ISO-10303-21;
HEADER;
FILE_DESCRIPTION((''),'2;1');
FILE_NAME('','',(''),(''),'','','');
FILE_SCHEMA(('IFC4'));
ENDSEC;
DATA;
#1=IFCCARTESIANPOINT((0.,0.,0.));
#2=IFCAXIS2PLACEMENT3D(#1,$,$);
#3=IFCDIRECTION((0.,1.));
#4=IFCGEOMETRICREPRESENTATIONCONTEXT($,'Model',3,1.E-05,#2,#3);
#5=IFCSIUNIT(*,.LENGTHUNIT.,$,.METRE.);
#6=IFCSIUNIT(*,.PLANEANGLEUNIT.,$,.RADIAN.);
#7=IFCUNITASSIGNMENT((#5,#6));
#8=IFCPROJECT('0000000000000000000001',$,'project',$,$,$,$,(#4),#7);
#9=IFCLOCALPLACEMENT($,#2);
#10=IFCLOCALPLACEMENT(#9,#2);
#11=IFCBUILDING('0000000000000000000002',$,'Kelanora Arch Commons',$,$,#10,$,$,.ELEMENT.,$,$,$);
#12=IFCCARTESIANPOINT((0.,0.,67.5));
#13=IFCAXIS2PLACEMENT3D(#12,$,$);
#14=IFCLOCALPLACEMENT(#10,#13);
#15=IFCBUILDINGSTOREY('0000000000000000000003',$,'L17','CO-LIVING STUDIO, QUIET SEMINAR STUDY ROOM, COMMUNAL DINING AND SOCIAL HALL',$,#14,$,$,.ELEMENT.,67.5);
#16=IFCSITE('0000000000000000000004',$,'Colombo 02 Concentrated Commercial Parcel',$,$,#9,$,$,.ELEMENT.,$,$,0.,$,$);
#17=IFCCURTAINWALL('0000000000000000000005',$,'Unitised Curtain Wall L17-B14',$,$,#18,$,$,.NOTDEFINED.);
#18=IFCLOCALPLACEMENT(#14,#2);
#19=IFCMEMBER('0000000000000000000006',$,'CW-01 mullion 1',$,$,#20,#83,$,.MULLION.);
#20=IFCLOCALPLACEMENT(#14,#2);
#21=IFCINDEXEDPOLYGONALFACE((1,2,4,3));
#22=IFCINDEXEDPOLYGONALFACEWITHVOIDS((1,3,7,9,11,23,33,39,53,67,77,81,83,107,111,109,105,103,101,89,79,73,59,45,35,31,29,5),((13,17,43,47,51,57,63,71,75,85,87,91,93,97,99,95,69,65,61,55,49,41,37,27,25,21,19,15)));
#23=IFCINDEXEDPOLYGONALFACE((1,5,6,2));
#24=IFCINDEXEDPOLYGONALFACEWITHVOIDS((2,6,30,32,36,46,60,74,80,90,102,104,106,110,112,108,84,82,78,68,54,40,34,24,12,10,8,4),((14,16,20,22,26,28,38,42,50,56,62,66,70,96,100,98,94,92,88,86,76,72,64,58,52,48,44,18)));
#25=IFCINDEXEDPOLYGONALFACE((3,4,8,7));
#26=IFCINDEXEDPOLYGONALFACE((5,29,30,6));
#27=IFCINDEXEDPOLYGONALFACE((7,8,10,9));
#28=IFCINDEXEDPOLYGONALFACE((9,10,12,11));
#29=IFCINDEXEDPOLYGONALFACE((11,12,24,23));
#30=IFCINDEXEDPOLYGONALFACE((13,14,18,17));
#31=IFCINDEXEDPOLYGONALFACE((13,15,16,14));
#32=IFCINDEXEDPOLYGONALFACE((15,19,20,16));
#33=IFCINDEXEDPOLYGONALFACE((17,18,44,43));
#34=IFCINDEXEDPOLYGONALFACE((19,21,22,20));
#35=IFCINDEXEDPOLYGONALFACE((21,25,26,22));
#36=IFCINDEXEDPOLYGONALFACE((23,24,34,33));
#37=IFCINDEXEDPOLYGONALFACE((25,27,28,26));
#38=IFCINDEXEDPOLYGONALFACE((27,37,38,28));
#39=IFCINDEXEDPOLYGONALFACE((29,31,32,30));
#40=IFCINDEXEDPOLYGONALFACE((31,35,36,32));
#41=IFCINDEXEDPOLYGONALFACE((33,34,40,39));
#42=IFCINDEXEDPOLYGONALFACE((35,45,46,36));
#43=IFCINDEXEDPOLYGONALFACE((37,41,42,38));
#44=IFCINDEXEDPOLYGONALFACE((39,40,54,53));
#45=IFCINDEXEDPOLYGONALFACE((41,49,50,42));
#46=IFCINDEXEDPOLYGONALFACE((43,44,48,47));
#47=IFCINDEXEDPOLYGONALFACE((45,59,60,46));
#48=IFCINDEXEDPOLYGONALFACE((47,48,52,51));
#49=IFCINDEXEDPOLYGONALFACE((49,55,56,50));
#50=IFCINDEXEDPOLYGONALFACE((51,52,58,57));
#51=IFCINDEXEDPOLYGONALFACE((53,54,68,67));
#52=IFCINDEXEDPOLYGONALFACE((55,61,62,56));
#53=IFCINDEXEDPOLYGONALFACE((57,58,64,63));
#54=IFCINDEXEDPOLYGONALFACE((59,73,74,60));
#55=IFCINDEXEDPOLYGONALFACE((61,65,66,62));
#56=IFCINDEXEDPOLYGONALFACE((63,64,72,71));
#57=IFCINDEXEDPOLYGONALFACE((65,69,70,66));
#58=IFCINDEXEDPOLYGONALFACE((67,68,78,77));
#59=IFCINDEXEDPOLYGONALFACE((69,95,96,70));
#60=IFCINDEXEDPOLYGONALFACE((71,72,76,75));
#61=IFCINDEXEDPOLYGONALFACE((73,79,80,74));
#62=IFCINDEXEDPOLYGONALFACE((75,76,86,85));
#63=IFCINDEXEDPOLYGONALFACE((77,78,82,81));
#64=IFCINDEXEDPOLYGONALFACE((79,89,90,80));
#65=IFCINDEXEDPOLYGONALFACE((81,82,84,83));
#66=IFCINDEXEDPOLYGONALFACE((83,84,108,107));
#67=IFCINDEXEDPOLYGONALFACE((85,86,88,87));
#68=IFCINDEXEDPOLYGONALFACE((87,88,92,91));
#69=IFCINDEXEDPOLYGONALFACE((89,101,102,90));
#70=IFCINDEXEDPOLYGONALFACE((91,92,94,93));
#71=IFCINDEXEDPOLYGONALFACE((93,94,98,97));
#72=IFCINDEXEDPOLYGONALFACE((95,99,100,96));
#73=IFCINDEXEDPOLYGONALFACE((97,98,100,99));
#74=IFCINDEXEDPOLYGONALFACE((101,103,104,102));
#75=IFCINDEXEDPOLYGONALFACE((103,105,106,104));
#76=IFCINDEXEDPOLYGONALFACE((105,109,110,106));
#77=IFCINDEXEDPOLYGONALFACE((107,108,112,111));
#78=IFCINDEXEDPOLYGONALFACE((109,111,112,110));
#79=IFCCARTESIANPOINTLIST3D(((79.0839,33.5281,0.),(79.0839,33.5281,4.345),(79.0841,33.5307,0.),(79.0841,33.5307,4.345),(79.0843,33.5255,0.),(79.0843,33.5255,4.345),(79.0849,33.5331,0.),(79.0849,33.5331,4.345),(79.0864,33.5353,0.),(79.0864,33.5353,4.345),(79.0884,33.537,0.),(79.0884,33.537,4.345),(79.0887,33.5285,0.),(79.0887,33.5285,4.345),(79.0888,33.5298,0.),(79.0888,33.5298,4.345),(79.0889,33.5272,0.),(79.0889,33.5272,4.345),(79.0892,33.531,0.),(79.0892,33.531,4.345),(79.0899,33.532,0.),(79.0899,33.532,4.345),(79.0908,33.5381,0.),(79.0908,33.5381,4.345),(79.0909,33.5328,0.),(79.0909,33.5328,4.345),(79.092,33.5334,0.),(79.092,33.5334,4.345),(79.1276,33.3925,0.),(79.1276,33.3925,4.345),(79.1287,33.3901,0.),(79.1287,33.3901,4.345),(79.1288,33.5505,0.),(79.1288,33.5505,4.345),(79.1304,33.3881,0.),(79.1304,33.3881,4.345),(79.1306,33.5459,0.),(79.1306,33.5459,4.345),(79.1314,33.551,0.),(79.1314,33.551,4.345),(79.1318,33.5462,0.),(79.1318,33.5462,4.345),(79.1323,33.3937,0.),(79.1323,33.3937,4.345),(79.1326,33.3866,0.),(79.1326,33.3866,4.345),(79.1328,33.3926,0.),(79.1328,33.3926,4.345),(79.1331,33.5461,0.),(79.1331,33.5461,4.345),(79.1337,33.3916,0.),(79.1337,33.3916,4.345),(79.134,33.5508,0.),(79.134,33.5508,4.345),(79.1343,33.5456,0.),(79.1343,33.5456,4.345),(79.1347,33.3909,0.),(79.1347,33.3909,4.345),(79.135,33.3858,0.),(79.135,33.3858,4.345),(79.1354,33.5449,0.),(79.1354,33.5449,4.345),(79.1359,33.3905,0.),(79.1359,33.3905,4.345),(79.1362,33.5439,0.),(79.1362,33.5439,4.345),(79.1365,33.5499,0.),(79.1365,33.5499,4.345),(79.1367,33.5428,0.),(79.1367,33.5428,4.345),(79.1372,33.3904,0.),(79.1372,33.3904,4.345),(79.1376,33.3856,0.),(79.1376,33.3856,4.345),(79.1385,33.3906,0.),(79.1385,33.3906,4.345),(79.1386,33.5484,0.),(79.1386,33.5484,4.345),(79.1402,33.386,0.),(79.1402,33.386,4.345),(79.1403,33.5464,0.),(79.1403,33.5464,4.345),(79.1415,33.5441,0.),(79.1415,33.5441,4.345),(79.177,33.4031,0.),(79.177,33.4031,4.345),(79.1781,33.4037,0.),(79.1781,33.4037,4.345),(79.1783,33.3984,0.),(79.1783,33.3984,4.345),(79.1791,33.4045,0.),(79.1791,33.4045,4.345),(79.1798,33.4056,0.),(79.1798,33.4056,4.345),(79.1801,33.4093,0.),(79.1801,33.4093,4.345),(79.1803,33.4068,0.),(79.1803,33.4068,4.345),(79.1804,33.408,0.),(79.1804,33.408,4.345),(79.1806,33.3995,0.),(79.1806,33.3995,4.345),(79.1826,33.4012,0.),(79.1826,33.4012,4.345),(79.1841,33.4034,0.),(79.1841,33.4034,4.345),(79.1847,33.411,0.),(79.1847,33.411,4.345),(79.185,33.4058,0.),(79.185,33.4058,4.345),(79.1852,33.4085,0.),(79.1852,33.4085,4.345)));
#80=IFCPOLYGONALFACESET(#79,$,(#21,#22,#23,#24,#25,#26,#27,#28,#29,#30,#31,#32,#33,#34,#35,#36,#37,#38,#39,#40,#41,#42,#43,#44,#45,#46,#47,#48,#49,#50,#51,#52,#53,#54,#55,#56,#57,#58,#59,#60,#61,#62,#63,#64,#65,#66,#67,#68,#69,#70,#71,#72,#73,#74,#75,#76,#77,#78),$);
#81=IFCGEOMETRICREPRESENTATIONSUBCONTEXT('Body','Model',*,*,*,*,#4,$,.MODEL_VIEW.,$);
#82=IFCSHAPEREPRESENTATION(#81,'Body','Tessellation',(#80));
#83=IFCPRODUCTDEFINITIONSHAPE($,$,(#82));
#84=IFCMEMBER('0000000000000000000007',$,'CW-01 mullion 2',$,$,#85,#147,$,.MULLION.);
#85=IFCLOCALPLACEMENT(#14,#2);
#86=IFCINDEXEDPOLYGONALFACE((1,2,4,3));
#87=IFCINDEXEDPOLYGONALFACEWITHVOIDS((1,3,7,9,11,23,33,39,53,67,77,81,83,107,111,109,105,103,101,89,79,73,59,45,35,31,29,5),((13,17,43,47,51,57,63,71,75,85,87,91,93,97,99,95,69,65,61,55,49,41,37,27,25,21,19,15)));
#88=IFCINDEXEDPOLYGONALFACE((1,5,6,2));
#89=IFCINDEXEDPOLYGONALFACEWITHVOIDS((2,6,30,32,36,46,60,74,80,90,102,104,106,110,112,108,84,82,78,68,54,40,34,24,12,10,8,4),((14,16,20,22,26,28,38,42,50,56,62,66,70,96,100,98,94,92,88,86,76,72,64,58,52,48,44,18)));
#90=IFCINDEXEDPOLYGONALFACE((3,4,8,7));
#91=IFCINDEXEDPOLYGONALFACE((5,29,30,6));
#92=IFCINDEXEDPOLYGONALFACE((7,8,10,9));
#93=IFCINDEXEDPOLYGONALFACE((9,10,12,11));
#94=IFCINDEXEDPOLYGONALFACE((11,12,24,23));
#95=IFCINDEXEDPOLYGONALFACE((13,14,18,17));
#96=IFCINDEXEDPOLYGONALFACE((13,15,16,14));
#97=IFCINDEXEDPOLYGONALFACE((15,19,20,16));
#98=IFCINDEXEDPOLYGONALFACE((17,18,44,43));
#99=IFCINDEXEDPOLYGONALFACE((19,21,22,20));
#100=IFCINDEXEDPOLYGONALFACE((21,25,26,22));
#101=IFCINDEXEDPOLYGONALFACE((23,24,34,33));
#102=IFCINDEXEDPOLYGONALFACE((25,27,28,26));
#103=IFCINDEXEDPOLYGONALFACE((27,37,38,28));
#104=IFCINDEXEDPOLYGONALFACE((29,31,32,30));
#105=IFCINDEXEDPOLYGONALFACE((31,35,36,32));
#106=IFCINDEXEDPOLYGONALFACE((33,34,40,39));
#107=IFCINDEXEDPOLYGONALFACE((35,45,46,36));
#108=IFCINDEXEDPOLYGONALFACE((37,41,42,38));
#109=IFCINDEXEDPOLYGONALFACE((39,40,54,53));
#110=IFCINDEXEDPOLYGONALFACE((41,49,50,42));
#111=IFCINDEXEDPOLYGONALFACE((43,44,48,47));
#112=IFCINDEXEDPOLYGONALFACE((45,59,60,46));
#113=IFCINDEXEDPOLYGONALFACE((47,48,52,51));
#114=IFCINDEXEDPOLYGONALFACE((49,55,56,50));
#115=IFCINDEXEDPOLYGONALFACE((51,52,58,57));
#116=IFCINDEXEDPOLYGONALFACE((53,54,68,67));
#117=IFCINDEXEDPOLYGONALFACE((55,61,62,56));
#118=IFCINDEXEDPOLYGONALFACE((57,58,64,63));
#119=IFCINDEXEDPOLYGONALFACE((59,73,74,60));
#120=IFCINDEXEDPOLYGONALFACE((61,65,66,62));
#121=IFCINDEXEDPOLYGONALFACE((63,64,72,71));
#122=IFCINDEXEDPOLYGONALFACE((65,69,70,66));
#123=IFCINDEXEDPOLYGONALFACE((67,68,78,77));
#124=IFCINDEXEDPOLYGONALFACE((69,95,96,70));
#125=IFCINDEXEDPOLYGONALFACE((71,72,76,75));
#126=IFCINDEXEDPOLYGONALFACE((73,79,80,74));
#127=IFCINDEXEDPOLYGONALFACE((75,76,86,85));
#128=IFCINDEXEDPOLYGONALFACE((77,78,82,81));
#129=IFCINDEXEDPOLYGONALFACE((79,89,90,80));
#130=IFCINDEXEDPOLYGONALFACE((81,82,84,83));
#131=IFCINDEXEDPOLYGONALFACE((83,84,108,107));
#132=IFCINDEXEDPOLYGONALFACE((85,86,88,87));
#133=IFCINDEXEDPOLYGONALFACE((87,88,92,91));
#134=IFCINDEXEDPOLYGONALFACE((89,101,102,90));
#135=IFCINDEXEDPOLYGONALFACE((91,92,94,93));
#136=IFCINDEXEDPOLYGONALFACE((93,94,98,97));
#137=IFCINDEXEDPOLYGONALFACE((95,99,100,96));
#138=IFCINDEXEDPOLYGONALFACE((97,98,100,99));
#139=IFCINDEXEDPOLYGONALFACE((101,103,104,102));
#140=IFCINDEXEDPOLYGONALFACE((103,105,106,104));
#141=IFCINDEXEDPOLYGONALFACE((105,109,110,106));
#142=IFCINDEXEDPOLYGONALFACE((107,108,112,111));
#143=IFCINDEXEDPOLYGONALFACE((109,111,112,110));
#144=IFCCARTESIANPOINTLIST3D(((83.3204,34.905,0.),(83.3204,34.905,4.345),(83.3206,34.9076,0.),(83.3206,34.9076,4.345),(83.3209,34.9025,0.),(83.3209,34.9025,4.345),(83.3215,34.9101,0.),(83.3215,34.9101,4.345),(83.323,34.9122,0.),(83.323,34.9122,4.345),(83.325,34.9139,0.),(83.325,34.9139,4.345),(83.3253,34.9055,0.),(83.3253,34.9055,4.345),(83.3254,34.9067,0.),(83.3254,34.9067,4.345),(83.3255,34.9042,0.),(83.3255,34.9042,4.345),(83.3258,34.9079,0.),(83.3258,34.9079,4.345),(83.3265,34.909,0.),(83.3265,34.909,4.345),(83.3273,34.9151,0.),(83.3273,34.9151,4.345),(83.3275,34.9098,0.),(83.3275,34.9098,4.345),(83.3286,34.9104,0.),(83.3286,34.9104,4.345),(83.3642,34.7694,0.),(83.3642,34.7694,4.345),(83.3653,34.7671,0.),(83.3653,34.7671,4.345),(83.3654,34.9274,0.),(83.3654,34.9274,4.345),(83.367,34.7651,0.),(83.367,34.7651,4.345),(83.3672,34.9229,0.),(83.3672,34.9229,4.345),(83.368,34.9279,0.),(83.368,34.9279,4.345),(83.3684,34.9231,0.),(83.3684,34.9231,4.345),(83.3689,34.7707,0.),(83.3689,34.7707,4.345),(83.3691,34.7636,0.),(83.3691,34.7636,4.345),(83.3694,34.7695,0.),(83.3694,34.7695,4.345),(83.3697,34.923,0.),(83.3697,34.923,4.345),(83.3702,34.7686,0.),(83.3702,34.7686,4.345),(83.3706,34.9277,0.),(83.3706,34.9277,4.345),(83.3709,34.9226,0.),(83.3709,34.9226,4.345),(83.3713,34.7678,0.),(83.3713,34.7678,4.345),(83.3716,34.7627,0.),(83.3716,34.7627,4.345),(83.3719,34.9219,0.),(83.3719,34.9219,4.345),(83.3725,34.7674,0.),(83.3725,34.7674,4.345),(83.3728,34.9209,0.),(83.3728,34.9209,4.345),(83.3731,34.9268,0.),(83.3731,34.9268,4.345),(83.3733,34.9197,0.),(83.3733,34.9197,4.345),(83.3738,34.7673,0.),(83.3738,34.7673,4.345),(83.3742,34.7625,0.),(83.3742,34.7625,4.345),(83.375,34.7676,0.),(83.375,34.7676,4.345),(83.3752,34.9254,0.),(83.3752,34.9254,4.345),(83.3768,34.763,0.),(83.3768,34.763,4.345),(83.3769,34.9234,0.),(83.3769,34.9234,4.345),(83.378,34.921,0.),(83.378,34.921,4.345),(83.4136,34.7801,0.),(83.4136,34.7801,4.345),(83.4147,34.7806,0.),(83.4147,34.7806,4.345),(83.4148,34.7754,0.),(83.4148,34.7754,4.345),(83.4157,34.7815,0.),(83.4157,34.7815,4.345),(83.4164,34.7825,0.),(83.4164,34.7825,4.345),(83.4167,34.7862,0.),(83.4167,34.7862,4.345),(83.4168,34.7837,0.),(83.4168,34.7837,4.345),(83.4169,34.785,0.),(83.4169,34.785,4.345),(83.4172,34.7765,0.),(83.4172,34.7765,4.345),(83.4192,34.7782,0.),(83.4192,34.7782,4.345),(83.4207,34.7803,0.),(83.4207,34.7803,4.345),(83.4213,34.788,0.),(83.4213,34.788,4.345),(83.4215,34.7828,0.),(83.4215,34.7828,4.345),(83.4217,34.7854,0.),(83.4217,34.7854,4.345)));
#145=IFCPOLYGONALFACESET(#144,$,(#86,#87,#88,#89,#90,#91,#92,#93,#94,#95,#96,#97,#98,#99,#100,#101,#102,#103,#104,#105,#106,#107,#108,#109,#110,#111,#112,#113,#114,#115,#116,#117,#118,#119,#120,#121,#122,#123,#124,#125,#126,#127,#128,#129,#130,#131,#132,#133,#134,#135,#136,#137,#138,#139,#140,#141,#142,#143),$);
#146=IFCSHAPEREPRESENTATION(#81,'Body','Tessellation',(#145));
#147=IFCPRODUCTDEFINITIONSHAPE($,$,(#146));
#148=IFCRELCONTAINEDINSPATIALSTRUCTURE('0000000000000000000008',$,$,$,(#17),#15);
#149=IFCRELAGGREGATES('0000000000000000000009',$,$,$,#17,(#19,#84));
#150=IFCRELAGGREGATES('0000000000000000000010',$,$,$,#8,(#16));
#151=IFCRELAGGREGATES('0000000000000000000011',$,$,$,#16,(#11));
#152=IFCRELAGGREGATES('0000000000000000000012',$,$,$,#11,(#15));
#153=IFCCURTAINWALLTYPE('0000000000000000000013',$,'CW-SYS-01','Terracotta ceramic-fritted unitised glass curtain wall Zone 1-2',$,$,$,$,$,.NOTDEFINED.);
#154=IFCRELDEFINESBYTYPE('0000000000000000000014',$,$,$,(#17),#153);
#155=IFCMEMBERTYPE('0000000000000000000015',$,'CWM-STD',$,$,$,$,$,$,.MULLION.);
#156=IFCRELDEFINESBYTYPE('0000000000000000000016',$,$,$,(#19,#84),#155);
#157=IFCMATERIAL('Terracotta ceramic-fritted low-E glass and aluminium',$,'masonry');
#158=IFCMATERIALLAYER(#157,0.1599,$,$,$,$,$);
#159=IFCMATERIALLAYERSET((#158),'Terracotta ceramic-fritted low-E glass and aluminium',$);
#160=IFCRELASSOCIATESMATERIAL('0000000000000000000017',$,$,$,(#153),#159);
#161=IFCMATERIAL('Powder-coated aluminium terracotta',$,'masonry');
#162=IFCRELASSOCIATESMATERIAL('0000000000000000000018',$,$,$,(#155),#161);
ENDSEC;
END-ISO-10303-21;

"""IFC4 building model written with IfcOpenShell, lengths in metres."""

from ifc_helpers import new_model, si_unit, direction, frame, origin, origin_2d, place, context, subcontext, project, spatial, hollow_rectangle, extrude, material, layer, layer_set, material_profile, profile_set, type_object, element, aggregate, save


model = new_model("IFC4")

# Units and contexts
model_context = context("Model", 3, precision=1e-05, world=origin(), true_north=direction((0.0, 1.0)))
body_context = subcontext(model_context, "Body", "Model", "MODEL_VIEW")
ifc_project = project(units=[si_unit("LENGTHUNIT", "METRE"), si_unit("PLANEANGLEUNIT", "RADIAN")], contexts=[model_context])

# Site, building, storey
site_placement = place(None, origin())
site = spatial("IfcSite", under=ifc_project, at=site_placement, Name="Colombo 02 Concentrated Commercial Parcel", CompositionType="ELEMENT", RefElevation=0.0)
building_placement = place(site_placement, origin())
building = spatial("IfcBuilding", under=site, at=building_placement, Name="Kelanora Arch Commons", CompositionType="ELEMENT")
storey_placement = place(building_placement, frame((0.0, 0.0, 67.5)))
storey = spatial("IfcBuildingStorey", under=building, at=storey_placement, Name="L17", Description="CO-LIVING STUDIO, QUIET SEMINAR STUDY ROOM, COMMUNAL DINING AND SOCIAL HALL", CompositionType="ELEMENT", Elevation=67.5)

# Curtain wall, members
ifc_material_1 = material(Name="Terracotta ceramic-fritted low-E glass and aluminium", Category="masonry")
ifc_layer_1 = layer(ifc_material_1, 0.1599)
ifc_layer_set_1 = layer_set([ifc_layer_1], Name="Terracotta ceramic-fritted low-E glass and aluminium")
curtain_wall_type = type_object("IfcCurtainWallType", Name="CW-SYS-01", Description="Terracotta ceramic-fritted unitised glass curtain wall Zone 1-2", PredefinedType="NOTDEFINED", material=ifc_layer_set_1)
curtain_wall_placement = place(storey_placement, origin())
curtain_wall = element("IfcCurtainWall", 1, at=curtain_wall_placement, inside=storey, type_object=curtain_wall_type, Name="Unitised Curtain Wall L17-B14", PredefinedType="NOTDEFINED")
ifc_material_2 = material(Name="Powder-coated aluminium terracotta", Category="masonry")
ifc_material_profile_1 = material_profile(ifc_material_2, hollow_rectangle(XDim=0.1599, YDim=0.0601, WallThickness=0.0049, InnerFilletRadius=0.0049, OuterFilletRadius=0.01, at=origin_2d()), Name="CWM160x60")
ifc_profile_set_1 = profile_set([ifc_material_profile_1], Name="Powder-coated aluminium terracotta")
member_type_1 = type_object("IfcMemberType", Name="CWM-STD", PredefinedType="MULLION", material=ifc_profile_set_1)
member_1_placement = place(storey_placement, frame((79.1345, 33.4683, 0.0), z_axis=(0.0, 0.0, 1.0), x_axis=(-0.309058, 0.951043, 0.0)))
member_1 = element("IfcMember", 2, at=member_1_placement, type_object=member_type_1, Name="CW-01 mullion 1", PredefinedType="MULLION", context=body_context, shape_type="SweptSolid", body=[
    extrude(hollow_rectangle(XDim=0.1599, YDim=0.0601, WallThickness=0.0049, InnerFilletRadius=0.0049, OuterFilletRadius=0.01, at=origin_2d()), origin(), (0.0, 0.0, 1.0), 4.345),
])
member_2_placement = place(storey_placement, frame((83.3711, 34.8452, 0.0), z_axis=(0.0, 0.0, 1.0), x_axis=(-0.309058, 0.951043, 0.0)))
member_2 = element("IfcMember", 3, at=member_2_placement, type_object=member_type_1, Name="CW-01 mullion 2", PredefinedType="MULLION", context=body_context, shape_type="SweptSolid", body=[
    extrude(hollow_rectangle(XDim=0.1599, YDim=0.0601, WallThickness=0.0049, InnerFilletRadius=0.0049, OuterFilletRadius=0.01, at=origin_2d()), origin(), (0.0, 0.0, 1.0), 4.345),
])
aggregate(curtain_wall, [member_1, member_2])

save(model, "model.ifc")
